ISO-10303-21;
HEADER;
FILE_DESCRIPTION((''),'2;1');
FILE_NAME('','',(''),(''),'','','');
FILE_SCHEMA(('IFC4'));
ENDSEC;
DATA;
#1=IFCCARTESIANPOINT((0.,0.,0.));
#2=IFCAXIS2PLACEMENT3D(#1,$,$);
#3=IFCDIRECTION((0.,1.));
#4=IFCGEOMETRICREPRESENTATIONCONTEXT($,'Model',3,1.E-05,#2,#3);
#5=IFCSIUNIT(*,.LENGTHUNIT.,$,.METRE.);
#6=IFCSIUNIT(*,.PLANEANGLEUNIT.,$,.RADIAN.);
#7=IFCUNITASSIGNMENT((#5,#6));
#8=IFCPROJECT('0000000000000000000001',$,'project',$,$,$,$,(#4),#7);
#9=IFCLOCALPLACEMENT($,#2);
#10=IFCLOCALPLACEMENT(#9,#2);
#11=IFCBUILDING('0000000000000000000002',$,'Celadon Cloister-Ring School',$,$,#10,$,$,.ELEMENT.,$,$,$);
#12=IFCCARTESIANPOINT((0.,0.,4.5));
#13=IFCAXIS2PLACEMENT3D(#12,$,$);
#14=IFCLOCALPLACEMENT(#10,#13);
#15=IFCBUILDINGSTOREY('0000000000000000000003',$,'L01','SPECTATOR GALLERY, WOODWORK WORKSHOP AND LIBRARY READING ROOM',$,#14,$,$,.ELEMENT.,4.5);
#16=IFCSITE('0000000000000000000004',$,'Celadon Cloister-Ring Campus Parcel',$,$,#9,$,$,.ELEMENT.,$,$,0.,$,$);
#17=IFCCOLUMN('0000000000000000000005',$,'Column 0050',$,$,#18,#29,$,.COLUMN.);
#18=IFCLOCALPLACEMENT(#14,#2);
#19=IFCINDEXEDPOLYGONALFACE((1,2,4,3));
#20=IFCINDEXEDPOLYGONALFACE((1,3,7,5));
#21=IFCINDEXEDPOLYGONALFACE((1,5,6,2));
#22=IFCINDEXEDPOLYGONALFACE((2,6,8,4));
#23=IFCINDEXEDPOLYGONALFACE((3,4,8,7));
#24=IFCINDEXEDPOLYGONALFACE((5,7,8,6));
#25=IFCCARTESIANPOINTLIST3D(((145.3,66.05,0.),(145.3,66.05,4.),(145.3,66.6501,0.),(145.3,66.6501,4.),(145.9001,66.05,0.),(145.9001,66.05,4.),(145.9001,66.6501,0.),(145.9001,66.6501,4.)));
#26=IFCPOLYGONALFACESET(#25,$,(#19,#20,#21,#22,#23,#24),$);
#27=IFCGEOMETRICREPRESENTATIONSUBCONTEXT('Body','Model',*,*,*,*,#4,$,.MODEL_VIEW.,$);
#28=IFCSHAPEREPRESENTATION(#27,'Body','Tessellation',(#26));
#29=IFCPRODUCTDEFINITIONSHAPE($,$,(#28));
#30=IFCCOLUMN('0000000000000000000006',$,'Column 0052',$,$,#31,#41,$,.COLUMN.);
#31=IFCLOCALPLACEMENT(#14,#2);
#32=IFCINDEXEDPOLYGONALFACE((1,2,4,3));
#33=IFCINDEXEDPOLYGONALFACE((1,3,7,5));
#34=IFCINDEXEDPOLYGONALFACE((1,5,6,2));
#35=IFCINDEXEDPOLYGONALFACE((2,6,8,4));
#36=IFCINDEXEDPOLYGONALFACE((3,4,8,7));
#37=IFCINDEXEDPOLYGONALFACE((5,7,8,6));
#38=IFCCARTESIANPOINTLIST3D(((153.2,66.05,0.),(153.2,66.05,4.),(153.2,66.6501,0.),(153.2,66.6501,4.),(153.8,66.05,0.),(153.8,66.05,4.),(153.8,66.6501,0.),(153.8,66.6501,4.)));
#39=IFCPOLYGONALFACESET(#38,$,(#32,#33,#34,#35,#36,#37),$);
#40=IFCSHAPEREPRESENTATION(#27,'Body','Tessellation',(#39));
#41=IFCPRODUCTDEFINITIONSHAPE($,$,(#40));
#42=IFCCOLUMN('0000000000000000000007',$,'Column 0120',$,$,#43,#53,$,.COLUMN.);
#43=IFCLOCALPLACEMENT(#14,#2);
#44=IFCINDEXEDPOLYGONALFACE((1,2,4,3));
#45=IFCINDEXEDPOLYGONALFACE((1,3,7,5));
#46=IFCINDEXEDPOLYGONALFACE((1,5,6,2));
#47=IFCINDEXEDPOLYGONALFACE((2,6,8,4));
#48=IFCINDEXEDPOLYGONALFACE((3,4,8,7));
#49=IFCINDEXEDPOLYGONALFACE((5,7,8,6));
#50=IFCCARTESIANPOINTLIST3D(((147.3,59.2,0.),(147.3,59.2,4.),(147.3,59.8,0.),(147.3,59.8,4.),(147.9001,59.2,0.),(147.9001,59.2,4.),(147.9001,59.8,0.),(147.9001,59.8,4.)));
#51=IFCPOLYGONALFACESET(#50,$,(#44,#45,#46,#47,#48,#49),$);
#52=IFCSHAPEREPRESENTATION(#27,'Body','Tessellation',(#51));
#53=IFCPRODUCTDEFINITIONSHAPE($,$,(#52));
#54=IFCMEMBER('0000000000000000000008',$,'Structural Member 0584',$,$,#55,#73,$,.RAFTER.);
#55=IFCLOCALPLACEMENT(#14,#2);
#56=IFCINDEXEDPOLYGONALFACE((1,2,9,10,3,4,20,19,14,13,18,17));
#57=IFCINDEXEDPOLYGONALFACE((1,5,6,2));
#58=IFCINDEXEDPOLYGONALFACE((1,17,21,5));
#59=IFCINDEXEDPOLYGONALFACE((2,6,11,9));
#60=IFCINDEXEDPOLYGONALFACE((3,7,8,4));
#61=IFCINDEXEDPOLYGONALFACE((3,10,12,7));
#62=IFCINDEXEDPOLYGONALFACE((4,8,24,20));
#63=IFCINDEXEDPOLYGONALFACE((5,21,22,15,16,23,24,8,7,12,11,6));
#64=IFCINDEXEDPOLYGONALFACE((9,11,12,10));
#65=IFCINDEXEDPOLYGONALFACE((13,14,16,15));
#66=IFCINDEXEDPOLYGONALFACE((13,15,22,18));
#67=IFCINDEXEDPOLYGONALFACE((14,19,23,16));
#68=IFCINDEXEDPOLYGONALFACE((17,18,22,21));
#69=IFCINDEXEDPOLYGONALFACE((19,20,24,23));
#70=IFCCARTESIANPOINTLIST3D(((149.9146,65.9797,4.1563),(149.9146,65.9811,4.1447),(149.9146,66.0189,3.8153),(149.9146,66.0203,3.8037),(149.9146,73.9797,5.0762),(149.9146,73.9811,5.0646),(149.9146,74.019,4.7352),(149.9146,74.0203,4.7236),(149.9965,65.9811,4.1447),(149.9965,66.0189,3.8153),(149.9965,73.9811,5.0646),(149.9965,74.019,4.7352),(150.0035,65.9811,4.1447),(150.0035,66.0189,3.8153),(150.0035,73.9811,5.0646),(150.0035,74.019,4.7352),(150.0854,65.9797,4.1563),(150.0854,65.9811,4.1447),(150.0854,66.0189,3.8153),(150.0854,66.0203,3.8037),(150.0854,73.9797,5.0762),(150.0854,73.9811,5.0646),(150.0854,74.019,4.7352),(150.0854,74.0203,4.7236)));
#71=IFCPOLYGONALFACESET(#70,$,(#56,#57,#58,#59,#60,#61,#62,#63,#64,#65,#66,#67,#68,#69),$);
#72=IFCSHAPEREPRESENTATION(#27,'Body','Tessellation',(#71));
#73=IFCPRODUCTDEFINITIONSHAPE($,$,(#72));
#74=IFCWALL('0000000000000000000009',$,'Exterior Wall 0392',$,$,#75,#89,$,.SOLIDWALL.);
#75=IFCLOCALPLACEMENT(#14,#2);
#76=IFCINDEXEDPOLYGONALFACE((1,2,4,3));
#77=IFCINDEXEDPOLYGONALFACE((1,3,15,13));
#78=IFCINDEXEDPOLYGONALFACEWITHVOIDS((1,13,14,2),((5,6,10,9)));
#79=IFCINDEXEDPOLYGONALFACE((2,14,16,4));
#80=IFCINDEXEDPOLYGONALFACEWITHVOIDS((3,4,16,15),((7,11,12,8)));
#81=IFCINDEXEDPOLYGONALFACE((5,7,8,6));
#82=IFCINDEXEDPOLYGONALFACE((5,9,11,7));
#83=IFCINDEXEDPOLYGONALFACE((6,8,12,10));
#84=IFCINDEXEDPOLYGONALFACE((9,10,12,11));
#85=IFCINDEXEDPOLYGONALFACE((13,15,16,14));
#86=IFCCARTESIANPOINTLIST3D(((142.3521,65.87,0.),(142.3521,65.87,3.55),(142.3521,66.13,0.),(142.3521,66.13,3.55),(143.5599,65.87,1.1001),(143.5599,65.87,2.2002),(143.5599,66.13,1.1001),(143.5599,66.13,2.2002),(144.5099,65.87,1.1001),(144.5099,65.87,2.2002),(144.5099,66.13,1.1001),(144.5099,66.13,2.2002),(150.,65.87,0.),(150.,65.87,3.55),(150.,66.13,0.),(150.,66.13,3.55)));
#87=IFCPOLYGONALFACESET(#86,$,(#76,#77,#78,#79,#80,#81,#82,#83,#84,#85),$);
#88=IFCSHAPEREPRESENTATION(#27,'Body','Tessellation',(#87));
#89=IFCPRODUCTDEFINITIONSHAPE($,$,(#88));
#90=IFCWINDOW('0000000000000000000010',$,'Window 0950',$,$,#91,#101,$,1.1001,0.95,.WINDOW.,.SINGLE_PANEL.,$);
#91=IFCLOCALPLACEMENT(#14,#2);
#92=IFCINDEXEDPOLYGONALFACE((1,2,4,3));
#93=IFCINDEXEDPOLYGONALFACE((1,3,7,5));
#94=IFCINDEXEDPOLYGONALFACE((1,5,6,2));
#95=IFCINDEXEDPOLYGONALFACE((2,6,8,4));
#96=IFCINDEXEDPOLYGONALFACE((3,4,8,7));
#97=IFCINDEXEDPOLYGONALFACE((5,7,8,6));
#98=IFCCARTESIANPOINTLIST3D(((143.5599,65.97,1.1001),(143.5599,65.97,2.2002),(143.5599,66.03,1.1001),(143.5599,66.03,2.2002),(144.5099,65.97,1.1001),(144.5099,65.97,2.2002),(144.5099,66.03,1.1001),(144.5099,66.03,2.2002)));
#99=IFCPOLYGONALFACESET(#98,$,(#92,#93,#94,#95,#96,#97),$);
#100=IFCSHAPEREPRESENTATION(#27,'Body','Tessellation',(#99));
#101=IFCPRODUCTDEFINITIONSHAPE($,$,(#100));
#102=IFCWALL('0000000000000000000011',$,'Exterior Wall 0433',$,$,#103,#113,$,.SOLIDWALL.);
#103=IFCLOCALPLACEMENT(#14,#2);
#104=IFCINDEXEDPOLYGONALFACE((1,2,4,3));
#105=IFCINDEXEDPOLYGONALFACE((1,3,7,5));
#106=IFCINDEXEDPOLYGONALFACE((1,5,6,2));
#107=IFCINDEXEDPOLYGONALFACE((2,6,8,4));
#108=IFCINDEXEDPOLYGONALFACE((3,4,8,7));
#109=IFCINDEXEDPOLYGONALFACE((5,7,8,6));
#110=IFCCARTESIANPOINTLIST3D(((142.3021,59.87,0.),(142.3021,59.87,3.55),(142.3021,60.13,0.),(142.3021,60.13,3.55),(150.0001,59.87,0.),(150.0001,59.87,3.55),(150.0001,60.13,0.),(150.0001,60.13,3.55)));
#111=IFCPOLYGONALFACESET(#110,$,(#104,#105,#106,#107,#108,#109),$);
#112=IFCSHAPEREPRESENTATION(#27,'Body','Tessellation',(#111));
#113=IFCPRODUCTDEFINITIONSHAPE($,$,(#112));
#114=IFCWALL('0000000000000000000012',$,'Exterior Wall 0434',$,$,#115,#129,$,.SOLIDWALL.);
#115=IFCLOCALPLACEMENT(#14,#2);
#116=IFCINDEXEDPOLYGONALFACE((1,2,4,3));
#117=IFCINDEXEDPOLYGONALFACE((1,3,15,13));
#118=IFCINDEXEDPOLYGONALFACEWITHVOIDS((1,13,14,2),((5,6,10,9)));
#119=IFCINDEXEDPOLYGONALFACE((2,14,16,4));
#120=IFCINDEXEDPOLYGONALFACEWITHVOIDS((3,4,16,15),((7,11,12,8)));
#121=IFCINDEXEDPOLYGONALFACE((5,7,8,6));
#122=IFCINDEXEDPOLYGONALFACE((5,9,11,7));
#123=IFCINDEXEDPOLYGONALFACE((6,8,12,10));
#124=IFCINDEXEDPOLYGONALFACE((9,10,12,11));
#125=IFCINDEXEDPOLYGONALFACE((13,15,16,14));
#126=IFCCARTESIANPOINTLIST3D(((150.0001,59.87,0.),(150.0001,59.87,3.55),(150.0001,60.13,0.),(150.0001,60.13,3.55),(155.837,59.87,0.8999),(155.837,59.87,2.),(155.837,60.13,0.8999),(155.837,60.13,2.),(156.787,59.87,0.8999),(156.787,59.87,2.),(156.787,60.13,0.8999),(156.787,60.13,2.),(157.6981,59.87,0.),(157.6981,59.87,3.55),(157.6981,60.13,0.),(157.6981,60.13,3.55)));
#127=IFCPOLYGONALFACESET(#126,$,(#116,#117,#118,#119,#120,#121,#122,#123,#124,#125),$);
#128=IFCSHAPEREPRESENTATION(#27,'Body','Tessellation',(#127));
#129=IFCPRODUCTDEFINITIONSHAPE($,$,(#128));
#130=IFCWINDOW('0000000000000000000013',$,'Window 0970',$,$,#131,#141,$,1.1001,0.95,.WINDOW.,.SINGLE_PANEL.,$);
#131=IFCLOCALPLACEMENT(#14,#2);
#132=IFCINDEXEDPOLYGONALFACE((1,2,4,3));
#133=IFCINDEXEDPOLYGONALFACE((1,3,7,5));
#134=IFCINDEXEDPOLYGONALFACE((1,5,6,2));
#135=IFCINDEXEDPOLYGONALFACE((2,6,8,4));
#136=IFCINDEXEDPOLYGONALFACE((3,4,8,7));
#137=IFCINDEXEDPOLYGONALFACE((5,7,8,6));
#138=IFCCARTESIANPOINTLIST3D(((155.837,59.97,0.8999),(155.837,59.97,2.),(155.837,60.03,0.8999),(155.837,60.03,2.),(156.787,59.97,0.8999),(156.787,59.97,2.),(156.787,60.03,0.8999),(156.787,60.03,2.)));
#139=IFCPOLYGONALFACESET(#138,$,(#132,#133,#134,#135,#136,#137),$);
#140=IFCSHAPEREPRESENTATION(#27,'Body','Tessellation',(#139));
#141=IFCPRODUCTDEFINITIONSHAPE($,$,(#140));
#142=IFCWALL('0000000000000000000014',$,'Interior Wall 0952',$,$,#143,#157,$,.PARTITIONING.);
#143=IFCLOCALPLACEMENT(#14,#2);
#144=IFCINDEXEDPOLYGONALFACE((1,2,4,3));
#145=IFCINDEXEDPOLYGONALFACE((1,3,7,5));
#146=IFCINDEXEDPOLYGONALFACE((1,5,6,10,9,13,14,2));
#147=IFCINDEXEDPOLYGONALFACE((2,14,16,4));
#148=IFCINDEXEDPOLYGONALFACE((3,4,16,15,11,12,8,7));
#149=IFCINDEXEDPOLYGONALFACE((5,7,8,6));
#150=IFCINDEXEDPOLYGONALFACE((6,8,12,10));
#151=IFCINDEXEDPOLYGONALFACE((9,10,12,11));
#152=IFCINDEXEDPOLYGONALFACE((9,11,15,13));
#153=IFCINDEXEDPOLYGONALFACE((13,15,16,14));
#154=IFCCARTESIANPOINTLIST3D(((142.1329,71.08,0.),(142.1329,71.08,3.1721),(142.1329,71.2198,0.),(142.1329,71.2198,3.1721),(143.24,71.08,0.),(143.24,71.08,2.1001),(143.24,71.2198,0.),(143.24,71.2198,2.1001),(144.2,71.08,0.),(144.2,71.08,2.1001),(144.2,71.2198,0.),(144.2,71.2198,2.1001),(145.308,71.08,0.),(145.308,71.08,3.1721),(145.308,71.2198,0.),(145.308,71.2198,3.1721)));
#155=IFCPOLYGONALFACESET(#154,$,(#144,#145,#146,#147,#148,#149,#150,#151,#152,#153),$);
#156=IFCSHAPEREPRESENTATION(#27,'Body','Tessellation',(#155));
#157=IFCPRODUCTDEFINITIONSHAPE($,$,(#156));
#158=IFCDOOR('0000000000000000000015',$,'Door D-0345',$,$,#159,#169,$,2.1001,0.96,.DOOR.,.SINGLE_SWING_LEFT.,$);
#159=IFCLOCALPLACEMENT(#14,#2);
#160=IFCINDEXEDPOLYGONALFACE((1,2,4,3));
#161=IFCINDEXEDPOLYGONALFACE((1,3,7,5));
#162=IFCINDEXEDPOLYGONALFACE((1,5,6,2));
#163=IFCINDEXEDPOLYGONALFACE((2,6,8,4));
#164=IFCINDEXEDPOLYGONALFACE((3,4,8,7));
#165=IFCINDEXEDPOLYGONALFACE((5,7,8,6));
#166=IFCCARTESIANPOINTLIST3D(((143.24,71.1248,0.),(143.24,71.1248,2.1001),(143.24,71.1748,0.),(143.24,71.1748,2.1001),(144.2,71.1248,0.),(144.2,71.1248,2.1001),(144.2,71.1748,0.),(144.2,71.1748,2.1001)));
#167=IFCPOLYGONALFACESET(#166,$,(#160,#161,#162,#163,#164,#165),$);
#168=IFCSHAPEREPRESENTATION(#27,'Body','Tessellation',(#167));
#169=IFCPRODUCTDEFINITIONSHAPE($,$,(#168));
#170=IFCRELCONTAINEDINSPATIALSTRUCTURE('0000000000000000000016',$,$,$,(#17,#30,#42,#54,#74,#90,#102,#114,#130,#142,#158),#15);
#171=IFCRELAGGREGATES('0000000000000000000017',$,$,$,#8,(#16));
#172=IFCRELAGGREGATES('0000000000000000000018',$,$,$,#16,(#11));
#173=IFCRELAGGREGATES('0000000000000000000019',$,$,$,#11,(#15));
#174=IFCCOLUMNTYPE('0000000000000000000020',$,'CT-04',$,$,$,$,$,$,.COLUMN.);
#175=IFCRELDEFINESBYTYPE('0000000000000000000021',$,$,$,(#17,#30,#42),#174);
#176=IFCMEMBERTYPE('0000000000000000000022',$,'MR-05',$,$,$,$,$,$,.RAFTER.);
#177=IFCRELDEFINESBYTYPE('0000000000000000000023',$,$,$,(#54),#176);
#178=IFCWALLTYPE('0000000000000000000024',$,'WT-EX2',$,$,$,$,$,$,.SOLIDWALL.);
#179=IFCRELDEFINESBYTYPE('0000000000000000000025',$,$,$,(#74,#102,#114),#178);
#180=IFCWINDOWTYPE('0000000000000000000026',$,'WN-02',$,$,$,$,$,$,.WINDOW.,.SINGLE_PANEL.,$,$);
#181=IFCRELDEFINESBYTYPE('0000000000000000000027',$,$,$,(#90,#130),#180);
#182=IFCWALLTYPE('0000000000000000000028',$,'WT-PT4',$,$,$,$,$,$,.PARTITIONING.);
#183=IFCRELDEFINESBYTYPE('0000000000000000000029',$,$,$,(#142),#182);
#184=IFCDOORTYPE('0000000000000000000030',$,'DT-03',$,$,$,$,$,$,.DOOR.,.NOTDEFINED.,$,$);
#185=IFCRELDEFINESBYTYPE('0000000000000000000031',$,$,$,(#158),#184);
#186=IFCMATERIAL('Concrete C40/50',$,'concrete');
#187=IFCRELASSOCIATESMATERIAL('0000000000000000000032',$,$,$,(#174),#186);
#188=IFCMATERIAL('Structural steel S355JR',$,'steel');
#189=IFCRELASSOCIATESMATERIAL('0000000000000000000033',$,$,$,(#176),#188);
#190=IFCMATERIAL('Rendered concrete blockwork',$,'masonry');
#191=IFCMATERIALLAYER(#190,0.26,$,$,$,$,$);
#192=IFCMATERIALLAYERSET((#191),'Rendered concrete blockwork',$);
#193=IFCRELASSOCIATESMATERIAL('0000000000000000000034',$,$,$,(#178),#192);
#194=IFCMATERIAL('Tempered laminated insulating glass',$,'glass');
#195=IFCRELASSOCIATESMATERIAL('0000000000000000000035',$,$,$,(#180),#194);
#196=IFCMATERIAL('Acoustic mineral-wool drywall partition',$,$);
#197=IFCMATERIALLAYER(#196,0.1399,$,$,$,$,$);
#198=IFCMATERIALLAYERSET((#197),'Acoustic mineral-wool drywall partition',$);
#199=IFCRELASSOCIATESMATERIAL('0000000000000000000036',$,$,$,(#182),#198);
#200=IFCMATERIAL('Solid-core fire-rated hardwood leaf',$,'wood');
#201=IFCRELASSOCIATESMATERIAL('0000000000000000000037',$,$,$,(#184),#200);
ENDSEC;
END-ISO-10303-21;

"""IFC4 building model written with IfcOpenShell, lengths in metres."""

from ifc_helpers import new_model, si_unit, direction, frame, frame_2d, origin, origin_2d, place, context, subcontext, project, spatial, rectangle, i_section, extrude, material, layer, layer_set, material_profile, profile_set, type_object, element, fill, save


model = new_model("IFC4")

# Units and contexts
model_context = context("Model", 3, precision=1e-05, world=origin(), true_north=direction((0.0, 1.0)))
body_context = subcontext(model_context, "Body", "Model", "MODEL_VIEW")
ifc_project = project(units=[si_unit("LENGTHUNIT", "METRE"), si_unit("PLANEANGLEUNIT", "RADIAN")], contexts=[model_context])

# Site, building, storey
site_placement = place(None, origin())
site = spatial("IfcSite", under=ifc_project, at=site_placement, Name="Celadon Cloister-Ring Campus Parcel", CompositionType="ELEMENT", RefElevation=0.0)
building_placement = place(site_placement, origin())
building = spatial("IfcBuilding", under=site, at=building_placement, Name="Celadon Cloister-Ring School", CompositionType="ELEMENT")
storey_placement = place(building_placement, frame((0.0, 0.0, 4.5)))
storey = spatial("IfcBuildingStorey", under=building, at=storey_placement, Name="L01", Description="SPECTATOR GALLERY, WOODWORK WORKSHOP AND LIBRARY READING ROOM", CompositionType="ELEMENT", Elevation=4.5)

# Columns
ifc_material_1 = material(Name="Concrete C40/50", Category="concrete")
ifc_material_profile_1 = material_profile(ifc_material_1, rectangle(XDim=0.6001, YDim=0.6001, at=origin_2d()), Name="RC600X600")
ifc_profile_set_1 = profile_set([ifc_material_profile_1], Name="Concrete C40/50")
column_type = type_object("IfcColumnType", Name="CT-04", PredefinedType="COLUMN", material=ifc_profile_set_1)
for number, where, z_axis, x_axis, name in (
    (1, (145.6001, 66.3501, 0.0), (0.0, 0.0, 1.0), (1.0, 0.0, 0.0), "Column 0050"),
    (2, (153.5, 66.3501, 0.0), (0.0, 0.0, 1.0), (1.0, 0.0, 0.0), "Column 0052"),
    (3, (147.6001, 59.5, 0.0), (0.0, 0.0, 1.0), (1.0, 0.0, 0.0), "Column 0120"),
):
    element("IfcColumn", number, at=place(storey_placement, frame(where, z_axis=z_axis, x_axis=x_axis)), inside=storey, type_object=column_type, Name=name, PredefinedType="COLUMN", context=body_context, shape_type="SweptSolid", body=[
        extrude(rectangle(XDim=0.6001, YDim=0.6001, at=origin_2d()), origin(), (0.0, 0.0, 1.0), 4.0),
    ])

# Member
ifc_material_2 = material(Name="Structural steel S355JR", Category="steel")
ifc_material_profile_2 = material_profile(ifc_material_2, i_section(OverallWidth=0.1709, OverallDepth=0.355, WebThickness=0.0071, FlangeThickness=0.0117, at=origin_2d()), Name="W360X51")
ifc_profile_set_2 = profile_set([ifc_material_profile_2], Name="Structural steel S355JR")
member_type = type_object("IfcMemberType", Name="MR-05", PredefinedType="RAFTER", material=ifc_profile_set_2)
member_placement = place(storey_placement, frame((150.0, 66.0, 3.98), z_axis=(0.0, 0.993453, 0.114237), x_axis=(-1.0, 0.0, 0.0)))
element("IfcMember", 4, at=member_placement, inside=storey, type_object=member_type, Name="Structural Member 0584", PredefinedType="RAFTER", context=body_context, shape_type="SweptSolid", body=[
    extrude(i_section(OverallWidth=0.1709, OverallDepth=0.355, WebThickness=0.0071, FlangeThickness=0.0117, at=origin_2d()), origin(), (0.0, 0.0, 1.0), 8.0527),
])

# Wall, opening, window
ifc_material_3 = material(Name="Rendered concrete blockwork", Category="masonry")
ifc_layer_1 = layer(ifc_material_3, 0.26)
ifc_layer_set_1 = layer_set([ifc_layer_1], Name="Rendered concrete blockwork")
wall_type_1 = type_object("IfcWallType", Name="WT-EX2", PredefinedType="SOLIDWALL", material=ifc_layer_set_1)
wall_1_placement = place(storey_placement, frame((150.0, 66.0, 0.0), z_axis=(0.0, 0.0, 1.0), x_axis=(-1.0, 0.0, 0.0)))
wall_1 = element("IfcWall", 5, at=wall_1_placement, inside=storey, type_object=wall_type_1, Name="Exterior Wall 0392", PredefinedType="SOLIDWALL", context=body_context, shape_type="SweptSolid", body=[
    extrude(rectangle(XDim=7.6479, YDim=0.26, at=frame_2d((3.824, 0.0))), origin(), (0.0, 0.0, 1.0), 3.55),
])
opening_1_placement = place(wall_1_placement, frame((5.49, 0.0, 1.1001)))
opening_1 = element("IfcOpeningElement", 6, at=opening_1_placement, cuts=wall_1, PredefinedType="OPENING", context=body_context, shape_type="SweptSolid", body=[
    extrude(rectangle(XDim=0.95, YDim=1.1001, at=frame_2d((0.4751, 0.55))), frame((0.0, 0.1401, 0.0), z_axis=(0.0, -1.0, 0.0), x_axis=(1.0, 0.0, 0.0)), (0.0, 0.0, 1.0), 0.28),
])
ifc_material_4 = material(Name="Tempered laminated insulating glass", Category="glass")
window_type = type_object("IfcWindowType", Name="WN-02", PartitioningType="SINGLE_PANEL", PredefinedType="WINDOW", material=ifc_material_4)
window_1_placement = place(opening_1_placement, origin())
window_1 = element("IfcWindow", 7, at=window_1_placement, inside=storey, type_object=window_type, Name="Window 0950", OverallHeight=1.1001, OverallWidth=0.95, PartitioningType="SINGLE_PANEL", PredefinedType="WINDOW", context=body_context, shape_type="SweptSolid", body=[
    extrude(rectangle(XDim=0.95, YDim=1.1001, at=frame_2d((0.4751, 0.55))), frame((0.0, 0.03, 0.0), z_axis=(0.0, -1.0, 0.0), x_axis=(1.0, 0.0, 0.0)), (0.0, 0.0, 1.0), 0.0601),
])
fill(opening_1, window_1)

# Wall
wall_2_placement = place(storey_placement, frame((142.302, 60.0, 0.0), z_axis=(0.0, 0.0, 1.0), x_axis=(1.0, 0.0, 0.0)))
element("IfcWall", 8, at=wall_2_placement, inside=storey, type_object=wall_type_1, Name="Exterior Wall 0433", PredefinedType="SOLIDWALL", context=body_context, shape_type="SweptSolid", body=[
    extrude(rectangle(XDim=7.698, YDim=0.26, at=frame_2d((3.8491, 0.0))), origin(), (0.0, 0.0, 1.0), 3.55),
])

# Wall, opening, window
wall_3_placement = place(storey_placement, frame((150.0, 60.0, 0.0), z_axis=(0.0, 0.0, 1.0), x_axis=(1.0, 0.0, 0.0)))
wall_3 = element("IfcWall", 9, at=wall_3_placement, inside=storey, type_object=wall_type_1, Name="Exterior Wall 0434", PredefinedType="SOLIDWALL", context=body_context, shape_type="SweptSolid", body=[
    extrude(rectangle(XDim=7.698, YDim=0.26, at=frame_2d((3.8491, 0.0))), origin(), (0.0, 0.0, 1.0), 3.55),
])
opening_2_placement = place(wall_3_placement, frame((5.8369, 0.0, 0.8999)))
opening_2 = element("IfcOpeningElement", 10, at=opening_2_placement, cuts=wall_3, PredefinedType="OPENING", context=body_context, shape_type="SweptSolid", body=[
    extrude(rectangle(XDim=0.95, YDim=1.1001, at=frame_2d((0.4751, 0.55))), frame((0.0, 0.1401, 0.0), z_axis=(0.0, -1.0, 0.0), x_axis=(1.0, 0.0, 0.0)), (0.0, 0.0, 1.0), 0.28),
])
window_2_placement = place(opening_2_placement, origin())
window_2 = element("IfcWindow", 11, at=window_2_placement, inside=storey, type_object=window_type, Name="Window 0970", OverallHeight=1.1001, OverallWidth=0.95, PartitioningType="SINGLE_PANEL", PredefinedType="WINDOW", context=body_context, shape_type="SweptSolid", body=[
    extrude(rectangle(XDim=0.95, YDim=1.1001, at=frame_2d((0.4751, 0.55))), frame((0.0, 0.03, 0.0), z_axis=(0.0, -1.0, 0.0), x_axis=(1.0, 0.0, 0.0)), (0.0, 0.0, 1.0), 0.0601),
])
fill(opening_2, window_2)

# Wall, opening, door
ifc_material_5 = material(Name="Acoustic mineral-wool drywall partition")
ifc_layer_2 = layer(ifc_material_5, 0.1399)
ifc_layer_set_2 = layer_set([ifc_layer_2], Name="Acoustic mineral-wool drywall partition")
wall_type_2 = type_object("IfcWallType", Name="WT-PT4", PredefinedType="PARTITIONING", material=ifc_layer_set_2)
wall_4_placement = place(storey_placement, frame((142.1331, 71.1499, 0.0), z_axis=(0.0, 0.0, 1.0), x_axis=(1.0, 0.0, 0.0)))
wall_4 = element("IfcWall", 12, at=wall_4_placement, inside=storey, type_object=wall_type_2, Name="Interior Wall 0952", PredefinedType="PARTITIONING", context=body_context, shape_type="SweptSolid", body=[
    extrude(rectangle(XDim=3.175, YDim=0.1399, at=frame_2d((1.5874, 0.0))), origin(), (0.0, 0.0, 1.0), 3.1721),
])
opening_3_placement = place(wall_4_placement, frame((1.1069, 0.0, 0.0)))
opening_3 = element("IfcOpeningElement", 13, at=opening_3_placement, cuts=wall_4, PredefinedType="OPENING", context=body_context, shape_type="SweptSolid", body=[
    extrude(rectangle(XDim=0.96, YDim=2.1001, at=frame_2d((0.48, 1.05))), frame((0.0, 0.0801, 0.0), z_axis=(0.0, -1.0, 0.0), x_axis=(1.0, 0.0, 0.0)), (0.0, 0.0, 1.0), 0.1599),
])
ifc_material_6 = material(Name="Solid-core fire-rated hardwood leaf", Category="wood")
door_type_1 = type_object("IfcDoorType", Name="DT-03", OperationType="NOTDEFINED", PredefinedType="DOOR", material=ifc_material_6)
door_1_placement = place(opening_3_placement, origin())
door_1 = element("IfcDoor", 14, at=door_1_placement, inside=storey, type_object=door_type_1, Name="Door D-0345", OperationType="SINGLE_SWING_LEFT", OverallHeight=2.1001, OverallWidth=0.96, PredefinedType="DOOR", context=body_context, shape_type="SweptSolid", body=[
    extrude(rectangle(XDim=0.96, YDim=2.1001, at=frame_2d((0.48, 1.05))), frame((0.0, 0.0249, 0.0), z_axis=(0.0, -1.0, 0.0), x_axis=(1.0, 0.0, 0.0)), (0.0, 0.0, 1.0), 0.05),
])
fill(opening_3, door_1)

save(model, "model.ifc")
